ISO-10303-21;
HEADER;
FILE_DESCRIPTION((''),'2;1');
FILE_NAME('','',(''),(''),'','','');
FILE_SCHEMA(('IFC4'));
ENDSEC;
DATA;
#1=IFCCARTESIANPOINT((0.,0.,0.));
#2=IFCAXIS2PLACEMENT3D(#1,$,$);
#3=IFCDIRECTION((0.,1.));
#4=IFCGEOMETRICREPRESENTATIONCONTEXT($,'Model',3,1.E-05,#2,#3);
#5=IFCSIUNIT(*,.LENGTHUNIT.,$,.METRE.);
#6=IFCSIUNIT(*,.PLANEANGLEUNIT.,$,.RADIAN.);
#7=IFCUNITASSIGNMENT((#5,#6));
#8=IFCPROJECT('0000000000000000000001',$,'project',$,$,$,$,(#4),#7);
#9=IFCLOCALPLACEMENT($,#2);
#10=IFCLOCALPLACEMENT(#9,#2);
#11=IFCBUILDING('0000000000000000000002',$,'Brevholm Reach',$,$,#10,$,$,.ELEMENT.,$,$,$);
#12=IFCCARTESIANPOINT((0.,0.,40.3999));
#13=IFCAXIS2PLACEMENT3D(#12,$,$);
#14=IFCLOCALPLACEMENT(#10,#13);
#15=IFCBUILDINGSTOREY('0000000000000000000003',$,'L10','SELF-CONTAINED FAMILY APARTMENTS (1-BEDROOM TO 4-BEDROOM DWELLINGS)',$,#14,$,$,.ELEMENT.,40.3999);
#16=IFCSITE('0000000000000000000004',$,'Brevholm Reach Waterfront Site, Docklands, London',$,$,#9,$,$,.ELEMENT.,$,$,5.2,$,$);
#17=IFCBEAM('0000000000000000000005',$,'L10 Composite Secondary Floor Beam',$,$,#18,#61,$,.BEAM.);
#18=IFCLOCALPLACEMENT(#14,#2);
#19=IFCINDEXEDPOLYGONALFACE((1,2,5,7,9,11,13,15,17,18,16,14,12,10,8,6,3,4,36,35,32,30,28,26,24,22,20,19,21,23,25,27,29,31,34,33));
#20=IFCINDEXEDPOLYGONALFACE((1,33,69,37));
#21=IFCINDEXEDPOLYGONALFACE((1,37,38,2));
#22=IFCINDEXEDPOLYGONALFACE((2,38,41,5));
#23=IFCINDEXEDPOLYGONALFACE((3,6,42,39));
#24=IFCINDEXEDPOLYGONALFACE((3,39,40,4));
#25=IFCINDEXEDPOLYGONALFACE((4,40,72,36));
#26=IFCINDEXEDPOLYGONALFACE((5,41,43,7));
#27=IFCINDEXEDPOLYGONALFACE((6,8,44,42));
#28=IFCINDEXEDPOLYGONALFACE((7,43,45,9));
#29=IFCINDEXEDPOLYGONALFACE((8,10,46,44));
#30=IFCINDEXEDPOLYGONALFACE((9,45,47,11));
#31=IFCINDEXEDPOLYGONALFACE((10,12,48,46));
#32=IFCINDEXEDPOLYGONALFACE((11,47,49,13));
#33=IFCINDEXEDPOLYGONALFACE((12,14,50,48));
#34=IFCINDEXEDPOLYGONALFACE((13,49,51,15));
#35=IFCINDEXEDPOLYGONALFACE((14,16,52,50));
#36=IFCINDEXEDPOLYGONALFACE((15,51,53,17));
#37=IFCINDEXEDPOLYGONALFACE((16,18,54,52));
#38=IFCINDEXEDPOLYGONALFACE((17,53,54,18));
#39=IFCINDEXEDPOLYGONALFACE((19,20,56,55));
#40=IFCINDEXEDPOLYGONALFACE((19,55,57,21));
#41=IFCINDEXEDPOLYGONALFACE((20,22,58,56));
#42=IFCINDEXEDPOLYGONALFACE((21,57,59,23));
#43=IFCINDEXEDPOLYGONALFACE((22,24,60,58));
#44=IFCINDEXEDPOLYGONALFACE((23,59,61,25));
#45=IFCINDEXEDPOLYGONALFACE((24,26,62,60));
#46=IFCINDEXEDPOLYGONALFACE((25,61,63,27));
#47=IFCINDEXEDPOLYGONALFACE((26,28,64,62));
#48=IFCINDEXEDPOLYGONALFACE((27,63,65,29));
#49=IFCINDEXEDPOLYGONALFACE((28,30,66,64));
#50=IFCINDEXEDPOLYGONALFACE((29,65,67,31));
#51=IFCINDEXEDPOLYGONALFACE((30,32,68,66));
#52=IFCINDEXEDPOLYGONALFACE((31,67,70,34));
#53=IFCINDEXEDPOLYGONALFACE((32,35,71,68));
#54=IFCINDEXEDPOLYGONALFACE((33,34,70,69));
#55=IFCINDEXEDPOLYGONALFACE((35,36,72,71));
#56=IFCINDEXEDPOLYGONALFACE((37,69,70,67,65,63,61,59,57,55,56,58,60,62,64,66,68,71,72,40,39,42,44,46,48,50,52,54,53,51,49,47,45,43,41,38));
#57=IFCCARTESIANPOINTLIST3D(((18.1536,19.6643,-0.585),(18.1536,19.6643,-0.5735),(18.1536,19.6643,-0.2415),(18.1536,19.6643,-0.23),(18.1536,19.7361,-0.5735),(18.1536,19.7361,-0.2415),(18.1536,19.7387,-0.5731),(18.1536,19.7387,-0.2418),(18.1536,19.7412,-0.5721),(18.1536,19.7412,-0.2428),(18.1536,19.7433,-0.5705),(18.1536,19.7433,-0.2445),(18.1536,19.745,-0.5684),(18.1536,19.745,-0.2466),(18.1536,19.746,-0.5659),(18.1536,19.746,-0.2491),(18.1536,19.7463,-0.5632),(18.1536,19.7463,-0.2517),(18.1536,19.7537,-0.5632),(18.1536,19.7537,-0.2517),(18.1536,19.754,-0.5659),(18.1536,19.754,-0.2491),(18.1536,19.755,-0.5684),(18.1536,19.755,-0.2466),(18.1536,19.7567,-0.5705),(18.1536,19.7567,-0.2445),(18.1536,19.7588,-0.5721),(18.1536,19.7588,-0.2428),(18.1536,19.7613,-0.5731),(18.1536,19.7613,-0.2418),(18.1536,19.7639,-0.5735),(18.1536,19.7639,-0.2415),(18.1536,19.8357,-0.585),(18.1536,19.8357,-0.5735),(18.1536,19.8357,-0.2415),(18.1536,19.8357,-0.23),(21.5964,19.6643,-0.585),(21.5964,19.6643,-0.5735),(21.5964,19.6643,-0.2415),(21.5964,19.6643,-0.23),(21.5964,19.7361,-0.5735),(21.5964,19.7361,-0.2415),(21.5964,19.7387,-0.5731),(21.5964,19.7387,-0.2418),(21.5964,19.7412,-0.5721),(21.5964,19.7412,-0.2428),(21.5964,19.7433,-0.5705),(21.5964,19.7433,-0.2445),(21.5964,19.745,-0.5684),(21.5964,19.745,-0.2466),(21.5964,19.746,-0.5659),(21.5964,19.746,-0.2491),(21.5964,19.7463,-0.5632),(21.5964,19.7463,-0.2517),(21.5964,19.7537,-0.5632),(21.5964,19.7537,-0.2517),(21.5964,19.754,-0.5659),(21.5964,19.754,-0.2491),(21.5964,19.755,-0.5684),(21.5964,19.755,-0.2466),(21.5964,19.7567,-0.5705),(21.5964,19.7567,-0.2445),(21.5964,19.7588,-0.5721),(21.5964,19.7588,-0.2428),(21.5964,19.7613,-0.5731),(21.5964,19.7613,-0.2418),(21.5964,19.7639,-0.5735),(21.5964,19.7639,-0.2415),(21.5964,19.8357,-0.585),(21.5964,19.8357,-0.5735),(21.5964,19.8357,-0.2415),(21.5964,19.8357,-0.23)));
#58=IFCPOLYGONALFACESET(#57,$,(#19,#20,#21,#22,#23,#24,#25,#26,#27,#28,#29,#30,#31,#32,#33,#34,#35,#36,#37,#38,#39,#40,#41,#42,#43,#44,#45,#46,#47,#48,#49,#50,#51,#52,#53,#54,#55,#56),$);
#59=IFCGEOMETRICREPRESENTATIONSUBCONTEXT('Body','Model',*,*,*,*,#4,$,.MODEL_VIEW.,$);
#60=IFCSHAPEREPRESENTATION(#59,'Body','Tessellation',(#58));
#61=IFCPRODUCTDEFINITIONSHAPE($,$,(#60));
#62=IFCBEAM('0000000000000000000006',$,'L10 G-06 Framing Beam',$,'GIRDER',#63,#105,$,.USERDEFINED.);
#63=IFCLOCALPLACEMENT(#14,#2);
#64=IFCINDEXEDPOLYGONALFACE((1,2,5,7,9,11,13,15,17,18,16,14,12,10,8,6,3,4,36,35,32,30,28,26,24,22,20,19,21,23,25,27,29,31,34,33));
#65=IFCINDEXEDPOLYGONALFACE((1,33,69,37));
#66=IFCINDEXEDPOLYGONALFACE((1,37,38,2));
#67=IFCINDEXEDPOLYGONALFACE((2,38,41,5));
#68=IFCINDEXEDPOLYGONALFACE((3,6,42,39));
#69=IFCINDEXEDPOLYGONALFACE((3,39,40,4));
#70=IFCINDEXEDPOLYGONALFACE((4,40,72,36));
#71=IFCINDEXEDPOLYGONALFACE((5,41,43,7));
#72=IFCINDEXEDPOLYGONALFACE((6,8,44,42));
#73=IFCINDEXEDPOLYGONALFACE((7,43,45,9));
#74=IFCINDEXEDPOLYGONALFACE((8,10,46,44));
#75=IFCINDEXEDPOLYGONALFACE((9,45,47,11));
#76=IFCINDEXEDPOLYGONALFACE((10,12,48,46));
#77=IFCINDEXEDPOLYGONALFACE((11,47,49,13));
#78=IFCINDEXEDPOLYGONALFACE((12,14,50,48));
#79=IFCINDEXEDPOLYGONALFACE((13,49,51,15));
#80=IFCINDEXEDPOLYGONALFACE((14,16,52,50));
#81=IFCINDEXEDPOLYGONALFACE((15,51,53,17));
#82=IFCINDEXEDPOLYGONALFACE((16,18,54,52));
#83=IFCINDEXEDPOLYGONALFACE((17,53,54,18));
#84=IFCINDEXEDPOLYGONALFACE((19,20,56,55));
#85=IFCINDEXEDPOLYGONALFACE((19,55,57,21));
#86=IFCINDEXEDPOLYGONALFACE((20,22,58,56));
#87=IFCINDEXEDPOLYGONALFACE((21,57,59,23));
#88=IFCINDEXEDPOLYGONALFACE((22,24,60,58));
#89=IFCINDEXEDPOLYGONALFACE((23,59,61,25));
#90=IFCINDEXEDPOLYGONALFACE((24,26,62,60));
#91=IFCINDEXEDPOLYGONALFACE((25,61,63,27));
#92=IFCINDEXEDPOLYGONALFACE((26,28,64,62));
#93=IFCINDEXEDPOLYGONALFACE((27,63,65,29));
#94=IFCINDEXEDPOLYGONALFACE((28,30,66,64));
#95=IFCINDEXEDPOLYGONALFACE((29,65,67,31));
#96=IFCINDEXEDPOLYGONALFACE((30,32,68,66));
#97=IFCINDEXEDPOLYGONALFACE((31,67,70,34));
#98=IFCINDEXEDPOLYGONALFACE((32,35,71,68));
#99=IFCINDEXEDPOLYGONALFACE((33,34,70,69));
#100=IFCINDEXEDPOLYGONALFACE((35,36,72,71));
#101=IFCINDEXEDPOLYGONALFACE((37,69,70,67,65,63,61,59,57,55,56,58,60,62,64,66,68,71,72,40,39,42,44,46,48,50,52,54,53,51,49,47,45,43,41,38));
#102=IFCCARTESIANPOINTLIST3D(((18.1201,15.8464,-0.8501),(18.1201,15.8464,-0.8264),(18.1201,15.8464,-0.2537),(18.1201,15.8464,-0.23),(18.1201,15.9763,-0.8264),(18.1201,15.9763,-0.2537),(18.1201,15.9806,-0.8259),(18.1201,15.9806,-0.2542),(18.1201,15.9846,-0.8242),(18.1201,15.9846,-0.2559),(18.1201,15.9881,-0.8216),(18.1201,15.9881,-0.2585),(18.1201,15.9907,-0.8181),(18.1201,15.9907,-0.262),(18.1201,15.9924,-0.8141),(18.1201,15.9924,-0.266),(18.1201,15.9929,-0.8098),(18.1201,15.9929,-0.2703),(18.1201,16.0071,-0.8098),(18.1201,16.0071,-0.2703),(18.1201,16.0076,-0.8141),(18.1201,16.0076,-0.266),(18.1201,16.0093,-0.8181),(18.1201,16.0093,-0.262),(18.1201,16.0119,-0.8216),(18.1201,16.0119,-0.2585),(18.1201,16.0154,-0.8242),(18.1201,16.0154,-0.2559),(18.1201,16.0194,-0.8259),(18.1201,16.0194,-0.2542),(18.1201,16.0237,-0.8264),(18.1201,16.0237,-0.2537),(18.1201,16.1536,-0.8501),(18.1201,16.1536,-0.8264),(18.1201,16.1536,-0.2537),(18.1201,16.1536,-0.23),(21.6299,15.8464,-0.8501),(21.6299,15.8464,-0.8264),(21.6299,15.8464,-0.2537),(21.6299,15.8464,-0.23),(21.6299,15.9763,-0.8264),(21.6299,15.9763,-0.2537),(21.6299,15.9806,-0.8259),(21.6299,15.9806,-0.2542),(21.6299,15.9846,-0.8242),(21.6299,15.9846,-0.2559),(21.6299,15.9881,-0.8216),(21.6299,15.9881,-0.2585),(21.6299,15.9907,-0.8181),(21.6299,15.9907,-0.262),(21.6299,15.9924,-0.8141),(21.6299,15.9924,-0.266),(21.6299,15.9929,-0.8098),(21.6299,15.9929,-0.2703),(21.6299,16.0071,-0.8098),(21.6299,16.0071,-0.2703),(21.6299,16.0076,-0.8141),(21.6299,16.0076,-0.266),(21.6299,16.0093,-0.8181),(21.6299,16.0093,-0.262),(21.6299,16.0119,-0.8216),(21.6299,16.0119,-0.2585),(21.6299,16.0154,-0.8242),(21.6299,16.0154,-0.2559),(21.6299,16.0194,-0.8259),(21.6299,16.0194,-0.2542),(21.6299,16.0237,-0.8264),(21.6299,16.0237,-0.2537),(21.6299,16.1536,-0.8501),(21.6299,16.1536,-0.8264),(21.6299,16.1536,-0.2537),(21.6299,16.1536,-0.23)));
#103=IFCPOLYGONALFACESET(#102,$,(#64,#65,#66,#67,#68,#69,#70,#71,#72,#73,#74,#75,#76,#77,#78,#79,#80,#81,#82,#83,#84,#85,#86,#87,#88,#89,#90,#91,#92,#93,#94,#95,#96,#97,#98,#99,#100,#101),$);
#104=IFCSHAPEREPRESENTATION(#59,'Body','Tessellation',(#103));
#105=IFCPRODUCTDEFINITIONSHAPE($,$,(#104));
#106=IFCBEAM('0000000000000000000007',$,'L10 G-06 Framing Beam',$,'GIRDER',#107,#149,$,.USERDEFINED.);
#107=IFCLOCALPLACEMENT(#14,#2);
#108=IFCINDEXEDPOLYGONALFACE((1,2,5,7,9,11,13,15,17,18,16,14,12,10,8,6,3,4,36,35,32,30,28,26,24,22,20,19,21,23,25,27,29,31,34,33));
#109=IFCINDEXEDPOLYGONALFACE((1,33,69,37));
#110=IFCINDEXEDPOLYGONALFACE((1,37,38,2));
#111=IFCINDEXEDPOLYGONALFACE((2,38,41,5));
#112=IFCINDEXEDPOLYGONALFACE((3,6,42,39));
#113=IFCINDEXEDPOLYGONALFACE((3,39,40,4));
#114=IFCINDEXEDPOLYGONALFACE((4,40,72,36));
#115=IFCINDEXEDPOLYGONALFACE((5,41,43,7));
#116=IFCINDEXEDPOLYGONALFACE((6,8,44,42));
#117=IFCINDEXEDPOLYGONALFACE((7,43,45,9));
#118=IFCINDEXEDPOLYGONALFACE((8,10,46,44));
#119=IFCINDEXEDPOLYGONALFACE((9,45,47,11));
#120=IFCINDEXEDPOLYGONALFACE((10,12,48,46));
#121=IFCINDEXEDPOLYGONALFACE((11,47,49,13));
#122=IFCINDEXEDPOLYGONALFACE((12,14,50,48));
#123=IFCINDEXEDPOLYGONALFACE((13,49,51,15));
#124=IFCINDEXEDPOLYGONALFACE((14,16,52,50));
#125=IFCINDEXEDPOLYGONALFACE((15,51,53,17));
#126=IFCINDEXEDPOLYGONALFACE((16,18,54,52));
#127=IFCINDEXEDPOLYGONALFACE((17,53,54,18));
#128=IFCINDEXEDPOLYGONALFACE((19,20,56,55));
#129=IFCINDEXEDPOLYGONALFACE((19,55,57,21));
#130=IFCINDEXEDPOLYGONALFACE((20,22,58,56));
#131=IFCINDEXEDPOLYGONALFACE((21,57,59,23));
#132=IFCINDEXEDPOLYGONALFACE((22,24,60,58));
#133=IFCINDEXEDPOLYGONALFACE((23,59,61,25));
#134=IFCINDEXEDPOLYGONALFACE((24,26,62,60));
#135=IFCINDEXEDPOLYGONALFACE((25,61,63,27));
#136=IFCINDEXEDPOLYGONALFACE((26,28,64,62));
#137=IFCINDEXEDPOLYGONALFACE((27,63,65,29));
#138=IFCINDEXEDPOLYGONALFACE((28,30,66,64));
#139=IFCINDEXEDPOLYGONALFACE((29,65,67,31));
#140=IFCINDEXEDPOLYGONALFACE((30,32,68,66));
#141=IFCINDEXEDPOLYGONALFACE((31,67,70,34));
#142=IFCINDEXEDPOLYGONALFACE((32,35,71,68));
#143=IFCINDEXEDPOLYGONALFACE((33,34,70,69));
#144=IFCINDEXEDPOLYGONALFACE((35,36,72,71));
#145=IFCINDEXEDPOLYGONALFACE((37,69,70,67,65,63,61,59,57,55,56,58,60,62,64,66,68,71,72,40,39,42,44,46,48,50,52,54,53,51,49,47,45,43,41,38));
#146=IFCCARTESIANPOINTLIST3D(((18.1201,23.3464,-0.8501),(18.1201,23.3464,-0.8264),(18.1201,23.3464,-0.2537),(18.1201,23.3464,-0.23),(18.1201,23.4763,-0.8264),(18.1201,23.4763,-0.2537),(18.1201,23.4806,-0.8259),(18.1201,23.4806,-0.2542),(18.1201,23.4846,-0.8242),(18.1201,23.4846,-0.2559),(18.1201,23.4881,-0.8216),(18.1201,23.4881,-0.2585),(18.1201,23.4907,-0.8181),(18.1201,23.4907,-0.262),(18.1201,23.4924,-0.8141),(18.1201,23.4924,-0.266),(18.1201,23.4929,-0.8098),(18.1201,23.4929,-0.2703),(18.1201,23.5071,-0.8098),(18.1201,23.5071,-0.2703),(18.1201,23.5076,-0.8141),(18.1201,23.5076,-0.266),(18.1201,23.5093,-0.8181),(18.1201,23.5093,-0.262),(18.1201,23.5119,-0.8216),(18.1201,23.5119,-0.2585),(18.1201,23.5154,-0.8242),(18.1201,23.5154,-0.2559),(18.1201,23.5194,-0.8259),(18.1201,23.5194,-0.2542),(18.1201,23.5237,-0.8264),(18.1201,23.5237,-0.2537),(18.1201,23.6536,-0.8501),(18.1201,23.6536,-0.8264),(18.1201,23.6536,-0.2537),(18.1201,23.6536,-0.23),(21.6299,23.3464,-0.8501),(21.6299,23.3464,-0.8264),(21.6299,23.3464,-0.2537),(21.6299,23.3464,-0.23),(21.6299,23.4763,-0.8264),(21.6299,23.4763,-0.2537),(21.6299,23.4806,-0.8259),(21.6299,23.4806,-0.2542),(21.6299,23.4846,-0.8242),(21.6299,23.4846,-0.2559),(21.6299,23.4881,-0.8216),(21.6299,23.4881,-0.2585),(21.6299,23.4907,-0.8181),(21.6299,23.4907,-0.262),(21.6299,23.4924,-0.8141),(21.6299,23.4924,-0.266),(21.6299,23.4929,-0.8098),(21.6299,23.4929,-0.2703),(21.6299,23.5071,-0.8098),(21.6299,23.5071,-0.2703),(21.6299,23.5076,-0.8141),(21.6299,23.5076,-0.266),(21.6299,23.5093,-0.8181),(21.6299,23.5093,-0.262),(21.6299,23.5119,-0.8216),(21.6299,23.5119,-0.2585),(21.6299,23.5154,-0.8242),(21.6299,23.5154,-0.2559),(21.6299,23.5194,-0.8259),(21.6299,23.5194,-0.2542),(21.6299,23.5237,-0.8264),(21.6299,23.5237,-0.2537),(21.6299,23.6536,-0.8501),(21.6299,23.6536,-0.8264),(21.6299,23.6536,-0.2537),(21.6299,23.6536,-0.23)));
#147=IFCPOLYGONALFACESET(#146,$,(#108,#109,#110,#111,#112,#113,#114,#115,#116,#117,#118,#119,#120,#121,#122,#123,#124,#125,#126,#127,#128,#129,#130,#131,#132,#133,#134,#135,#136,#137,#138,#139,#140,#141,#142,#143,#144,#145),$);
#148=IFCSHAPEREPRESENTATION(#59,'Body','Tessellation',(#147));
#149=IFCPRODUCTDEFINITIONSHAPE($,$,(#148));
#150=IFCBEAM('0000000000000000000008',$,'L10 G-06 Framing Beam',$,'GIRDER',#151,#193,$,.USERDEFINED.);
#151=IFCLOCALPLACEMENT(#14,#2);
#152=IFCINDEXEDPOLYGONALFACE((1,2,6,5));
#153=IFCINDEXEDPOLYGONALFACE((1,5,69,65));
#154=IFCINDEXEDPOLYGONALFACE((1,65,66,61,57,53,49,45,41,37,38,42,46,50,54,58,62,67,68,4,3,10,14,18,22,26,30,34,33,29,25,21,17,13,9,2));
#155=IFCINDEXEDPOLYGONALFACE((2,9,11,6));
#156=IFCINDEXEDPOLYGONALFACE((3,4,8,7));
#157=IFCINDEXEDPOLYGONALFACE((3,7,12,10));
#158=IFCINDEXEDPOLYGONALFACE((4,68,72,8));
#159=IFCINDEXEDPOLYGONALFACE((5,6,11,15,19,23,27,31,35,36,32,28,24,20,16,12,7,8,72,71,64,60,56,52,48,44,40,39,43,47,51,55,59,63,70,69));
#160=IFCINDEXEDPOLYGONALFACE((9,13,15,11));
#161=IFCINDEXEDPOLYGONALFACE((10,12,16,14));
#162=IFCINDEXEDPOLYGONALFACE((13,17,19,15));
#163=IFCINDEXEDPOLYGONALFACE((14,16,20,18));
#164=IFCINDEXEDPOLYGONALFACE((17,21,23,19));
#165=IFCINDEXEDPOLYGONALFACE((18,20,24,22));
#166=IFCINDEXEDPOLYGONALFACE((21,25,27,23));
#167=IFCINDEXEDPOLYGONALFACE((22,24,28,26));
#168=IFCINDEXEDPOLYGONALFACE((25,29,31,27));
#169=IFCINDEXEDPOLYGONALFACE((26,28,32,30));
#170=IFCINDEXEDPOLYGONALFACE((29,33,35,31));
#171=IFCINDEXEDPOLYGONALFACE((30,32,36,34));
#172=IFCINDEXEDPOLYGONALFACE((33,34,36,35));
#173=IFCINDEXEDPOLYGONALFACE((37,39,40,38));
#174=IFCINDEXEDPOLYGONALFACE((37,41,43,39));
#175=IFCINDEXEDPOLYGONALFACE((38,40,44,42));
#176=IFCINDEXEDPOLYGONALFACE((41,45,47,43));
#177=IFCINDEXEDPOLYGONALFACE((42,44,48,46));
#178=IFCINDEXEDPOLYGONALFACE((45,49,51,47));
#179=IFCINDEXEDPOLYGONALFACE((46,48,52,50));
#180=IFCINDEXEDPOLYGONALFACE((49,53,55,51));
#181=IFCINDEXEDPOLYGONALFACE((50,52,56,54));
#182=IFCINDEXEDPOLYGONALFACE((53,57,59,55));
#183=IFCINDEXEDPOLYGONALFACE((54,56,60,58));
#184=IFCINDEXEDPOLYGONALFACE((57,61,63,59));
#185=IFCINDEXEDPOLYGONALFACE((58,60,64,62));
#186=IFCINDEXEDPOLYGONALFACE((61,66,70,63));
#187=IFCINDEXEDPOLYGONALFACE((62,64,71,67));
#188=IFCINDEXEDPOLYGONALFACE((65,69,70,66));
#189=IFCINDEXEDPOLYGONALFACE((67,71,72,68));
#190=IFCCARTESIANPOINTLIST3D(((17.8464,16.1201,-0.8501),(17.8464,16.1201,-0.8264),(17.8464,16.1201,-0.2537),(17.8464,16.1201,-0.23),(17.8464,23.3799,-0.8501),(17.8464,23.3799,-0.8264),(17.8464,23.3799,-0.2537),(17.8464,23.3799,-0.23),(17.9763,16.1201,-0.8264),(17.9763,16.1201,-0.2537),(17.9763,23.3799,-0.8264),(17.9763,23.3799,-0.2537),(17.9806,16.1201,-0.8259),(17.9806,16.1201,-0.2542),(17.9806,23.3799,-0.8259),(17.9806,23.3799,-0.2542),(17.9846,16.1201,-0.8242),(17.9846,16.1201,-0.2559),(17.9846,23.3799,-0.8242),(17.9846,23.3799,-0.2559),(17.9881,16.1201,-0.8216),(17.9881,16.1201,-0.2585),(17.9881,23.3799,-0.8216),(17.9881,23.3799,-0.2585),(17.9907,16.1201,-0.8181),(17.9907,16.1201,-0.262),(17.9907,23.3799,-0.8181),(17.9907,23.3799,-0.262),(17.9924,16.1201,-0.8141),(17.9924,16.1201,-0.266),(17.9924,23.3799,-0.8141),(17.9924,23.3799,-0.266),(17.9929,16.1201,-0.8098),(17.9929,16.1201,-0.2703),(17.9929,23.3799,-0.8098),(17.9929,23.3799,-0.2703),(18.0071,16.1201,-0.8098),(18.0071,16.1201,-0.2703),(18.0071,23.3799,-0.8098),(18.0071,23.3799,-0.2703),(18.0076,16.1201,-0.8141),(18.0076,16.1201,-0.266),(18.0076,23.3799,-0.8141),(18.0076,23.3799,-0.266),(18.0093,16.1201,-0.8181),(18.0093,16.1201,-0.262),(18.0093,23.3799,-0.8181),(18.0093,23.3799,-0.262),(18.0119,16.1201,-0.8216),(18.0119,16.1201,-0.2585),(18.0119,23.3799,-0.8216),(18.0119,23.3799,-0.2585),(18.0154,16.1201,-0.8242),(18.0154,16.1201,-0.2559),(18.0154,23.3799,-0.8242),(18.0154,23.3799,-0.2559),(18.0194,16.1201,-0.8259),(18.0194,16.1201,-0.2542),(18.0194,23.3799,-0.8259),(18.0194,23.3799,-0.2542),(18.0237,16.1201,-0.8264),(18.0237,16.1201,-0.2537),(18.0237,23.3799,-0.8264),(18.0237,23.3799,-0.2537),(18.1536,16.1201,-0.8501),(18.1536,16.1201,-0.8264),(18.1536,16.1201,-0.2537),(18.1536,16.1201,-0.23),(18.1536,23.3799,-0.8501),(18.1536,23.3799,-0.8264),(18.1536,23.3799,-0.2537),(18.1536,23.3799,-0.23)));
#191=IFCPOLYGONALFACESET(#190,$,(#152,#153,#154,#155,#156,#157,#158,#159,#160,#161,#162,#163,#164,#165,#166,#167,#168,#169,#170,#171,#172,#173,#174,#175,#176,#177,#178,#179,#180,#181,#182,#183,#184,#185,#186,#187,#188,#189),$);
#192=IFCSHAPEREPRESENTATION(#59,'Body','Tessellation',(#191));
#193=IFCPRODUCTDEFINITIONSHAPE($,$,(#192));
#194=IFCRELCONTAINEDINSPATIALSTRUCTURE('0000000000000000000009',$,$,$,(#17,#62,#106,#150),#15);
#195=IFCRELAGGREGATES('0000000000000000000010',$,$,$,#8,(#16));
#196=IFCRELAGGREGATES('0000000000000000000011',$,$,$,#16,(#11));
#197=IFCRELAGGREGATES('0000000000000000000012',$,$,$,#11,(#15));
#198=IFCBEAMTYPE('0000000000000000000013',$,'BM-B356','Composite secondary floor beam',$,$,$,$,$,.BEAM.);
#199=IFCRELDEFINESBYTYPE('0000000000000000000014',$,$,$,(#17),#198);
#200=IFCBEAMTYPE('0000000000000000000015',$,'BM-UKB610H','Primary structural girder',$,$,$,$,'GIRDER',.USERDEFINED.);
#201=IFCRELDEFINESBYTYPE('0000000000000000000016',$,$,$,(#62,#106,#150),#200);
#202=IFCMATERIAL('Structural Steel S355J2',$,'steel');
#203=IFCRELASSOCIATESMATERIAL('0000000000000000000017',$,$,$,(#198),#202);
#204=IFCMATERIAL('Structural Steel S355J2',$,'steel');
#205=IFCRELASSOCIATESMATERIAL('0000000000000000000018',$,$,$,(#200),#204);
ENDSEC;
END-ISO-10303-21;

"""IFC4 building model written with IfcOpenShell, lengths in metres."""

from ifc_helpers import new_model, si_unit, direction, frame, origin, origin_2d, place, context, subcontext, project, spatial, i_section, extrude, material, material_profile, profile_set, type_object, element, save


model = new_model("IFC4")

# Units and contexts
model_context = context("Model", 3, precision=1e-05, world=origin(), true_north=direction((0.0, 1.0)))
body_context = subcontext(model_context, "Body", "Model", "MODEL_VIEW")
ifc_project = project(units=[si_unit("LENGTHUNIT", "METRE"), si_unit("PLANEANGLEUNIT", "RADIAN")], contexts=[model_context])

# Site, building, storey
site_placement = place(None, origin())
site = spatial("IfcSite", under=ifc_project, at=site_placement, Name="Brevholm Reach Waterfront Site, Docklands, London", CompositionType="ELEMENT", RefElevation=5.2)
building_placement = place(site_placement, origin())
building = spatial("IfcBuilding", under=site, at=building_placement, Name="Brevholm Reach", CompositionType="ELEMENT")
storey_placement = place(building_placement, frame((0.0, 0.0, 40.3999)))
storey = spatial("IfcBuildingStorey", under=building, at=storey_placement, Name="L10", Description="SELF-CONTAINED FAMILY APARTMENTS (1-BEDROOM TO 4-BEDROOM DWELLINGS)", CompositionType="ELEMENT", Elevation=40.3999)

# Beams
ifc_material_1 = material(Name="Structural Steel S355J2", Category="steel")
ifc_material_profile_1 = material_profile(ifc_material_1, i_section(OverallWidth=0.1714, OverallDepth=0.355, WebThickness=0.0073, FlangeThickness=0.0115, FilletRadius=0.0103, at=origin_2d()), Name="UKB 356x171x51")
ifc_profile_set_1 = profile_set([ifc_material_profile_1], Name="Structural Steel S355J2")
beam_type_1 = type_object("IfcBeamType", Name="BM-B356", Description="Composite secondary floor beam", PredefinedType="BEAM", material=ifc_profile_set_1)
beam_1_placement = place(storey_placement, frame((18.1536, 19.75, -0.4075), z_axis=(1.0, 0.0, 0.0), x_axis=(0.0, 1.0, 0.0)))
element("IfcBeam", 1, at=beam_1_placement, inside=storey, type_object=beam_type_1, Name="L10 Composite Secondary Floor Beam", PredefinedType="BEAM", context=body_context, shape_type="SweptSolid", body=[
    extrude(i_section(OverallWidth=0.1714, OverallDepth=0.355, WebThickness=0.0073, FlangeThickness=0.0115, FilletRadius=0.0103, at=origin_2d()), origin(), (0.0, 0.0, 1.0), 3.4429),
])
ifc_material_2 = material(Name="Structural Steel S355J2", Category="steel")
ifc_material_profile_2 = material_profile(ifc_material_2, i_section(OverallWidth=0.3071, OverallDepth=0.6201, WebThickness=0.0142, FlangeThickness=0.0237, FilletRadius=0.0166, at=origin_2d()), Name="UKB 610x305x179")
ifc_profile_set_2 = profile_set([ifc_material_profile_2], Name="Structural Steel S355J2")
beam_type_2 = type_object("IfcBeamType", Name="BM-UKB610H", Description="Primary structural girder", ElementType="GIRDER", PredefinedType="USERDEFINED", material=ifc_profile_set_2)
for number, where, z_axis, x_axis, name in (
    (2, (18.1201, 16.0, -0.54), (1.0, 0.0, 0.0), (0.0, 1.0, 0.0), "L10 G-06 Framing Beam"),
    (3, (18.1201, 23.5, -0.54), (1.0, 0.0, 0.0), (0.0, 1.0, 0.0), "L10 G-06 Framing Beam"),
):
    element("IfcBeam", number, at=place(storey_placement, frame(where, z_axis=z_axis, x_axis=x_axis)), inside=storey, type_object=beam_type_2, Name=name, ObjectType="GIRDER", PredefinedType="USERDEFINED", context=body_context, shape_type="SweptSolid", body=[
        extrude(i_section(OverallWidth=0.3071, OverallDepth=0.6201, WebThickness=0.0142, FlangeThickness=0.0237, FilletRadius=0.0166, at=origin_2d()), origin(), (0.0, 0.0, 1.0), 3.5098),
    ])
beam_2_placement = place(storey_placement, frame((18.0, 16.1201, -0.54), z_axis=(0.0, 1.0, 0.0), x_axis=(-1.0, 0.0, 0.0)))
element("IfcBeam", 4, at=beam_2_placement, inside=storey, type_object=beam_type_2, Name="L10 G-06 Framing Beam", ObjectType="GIRDER", PredefinedType="USERDEFINED", context=body_context, shape_type="SweptSolid", body=[
    extrude(i_section(OverallWidth=0.3071, OverallDepth=0.6201, WebThickness=0.0142, FlangeThickness=0.0237, FilletRadius=0.0166, at=origin_2d()), origin(), (0.0, 0.0, 1.0), 7.2598),
])

save(model, "model.ifc")
